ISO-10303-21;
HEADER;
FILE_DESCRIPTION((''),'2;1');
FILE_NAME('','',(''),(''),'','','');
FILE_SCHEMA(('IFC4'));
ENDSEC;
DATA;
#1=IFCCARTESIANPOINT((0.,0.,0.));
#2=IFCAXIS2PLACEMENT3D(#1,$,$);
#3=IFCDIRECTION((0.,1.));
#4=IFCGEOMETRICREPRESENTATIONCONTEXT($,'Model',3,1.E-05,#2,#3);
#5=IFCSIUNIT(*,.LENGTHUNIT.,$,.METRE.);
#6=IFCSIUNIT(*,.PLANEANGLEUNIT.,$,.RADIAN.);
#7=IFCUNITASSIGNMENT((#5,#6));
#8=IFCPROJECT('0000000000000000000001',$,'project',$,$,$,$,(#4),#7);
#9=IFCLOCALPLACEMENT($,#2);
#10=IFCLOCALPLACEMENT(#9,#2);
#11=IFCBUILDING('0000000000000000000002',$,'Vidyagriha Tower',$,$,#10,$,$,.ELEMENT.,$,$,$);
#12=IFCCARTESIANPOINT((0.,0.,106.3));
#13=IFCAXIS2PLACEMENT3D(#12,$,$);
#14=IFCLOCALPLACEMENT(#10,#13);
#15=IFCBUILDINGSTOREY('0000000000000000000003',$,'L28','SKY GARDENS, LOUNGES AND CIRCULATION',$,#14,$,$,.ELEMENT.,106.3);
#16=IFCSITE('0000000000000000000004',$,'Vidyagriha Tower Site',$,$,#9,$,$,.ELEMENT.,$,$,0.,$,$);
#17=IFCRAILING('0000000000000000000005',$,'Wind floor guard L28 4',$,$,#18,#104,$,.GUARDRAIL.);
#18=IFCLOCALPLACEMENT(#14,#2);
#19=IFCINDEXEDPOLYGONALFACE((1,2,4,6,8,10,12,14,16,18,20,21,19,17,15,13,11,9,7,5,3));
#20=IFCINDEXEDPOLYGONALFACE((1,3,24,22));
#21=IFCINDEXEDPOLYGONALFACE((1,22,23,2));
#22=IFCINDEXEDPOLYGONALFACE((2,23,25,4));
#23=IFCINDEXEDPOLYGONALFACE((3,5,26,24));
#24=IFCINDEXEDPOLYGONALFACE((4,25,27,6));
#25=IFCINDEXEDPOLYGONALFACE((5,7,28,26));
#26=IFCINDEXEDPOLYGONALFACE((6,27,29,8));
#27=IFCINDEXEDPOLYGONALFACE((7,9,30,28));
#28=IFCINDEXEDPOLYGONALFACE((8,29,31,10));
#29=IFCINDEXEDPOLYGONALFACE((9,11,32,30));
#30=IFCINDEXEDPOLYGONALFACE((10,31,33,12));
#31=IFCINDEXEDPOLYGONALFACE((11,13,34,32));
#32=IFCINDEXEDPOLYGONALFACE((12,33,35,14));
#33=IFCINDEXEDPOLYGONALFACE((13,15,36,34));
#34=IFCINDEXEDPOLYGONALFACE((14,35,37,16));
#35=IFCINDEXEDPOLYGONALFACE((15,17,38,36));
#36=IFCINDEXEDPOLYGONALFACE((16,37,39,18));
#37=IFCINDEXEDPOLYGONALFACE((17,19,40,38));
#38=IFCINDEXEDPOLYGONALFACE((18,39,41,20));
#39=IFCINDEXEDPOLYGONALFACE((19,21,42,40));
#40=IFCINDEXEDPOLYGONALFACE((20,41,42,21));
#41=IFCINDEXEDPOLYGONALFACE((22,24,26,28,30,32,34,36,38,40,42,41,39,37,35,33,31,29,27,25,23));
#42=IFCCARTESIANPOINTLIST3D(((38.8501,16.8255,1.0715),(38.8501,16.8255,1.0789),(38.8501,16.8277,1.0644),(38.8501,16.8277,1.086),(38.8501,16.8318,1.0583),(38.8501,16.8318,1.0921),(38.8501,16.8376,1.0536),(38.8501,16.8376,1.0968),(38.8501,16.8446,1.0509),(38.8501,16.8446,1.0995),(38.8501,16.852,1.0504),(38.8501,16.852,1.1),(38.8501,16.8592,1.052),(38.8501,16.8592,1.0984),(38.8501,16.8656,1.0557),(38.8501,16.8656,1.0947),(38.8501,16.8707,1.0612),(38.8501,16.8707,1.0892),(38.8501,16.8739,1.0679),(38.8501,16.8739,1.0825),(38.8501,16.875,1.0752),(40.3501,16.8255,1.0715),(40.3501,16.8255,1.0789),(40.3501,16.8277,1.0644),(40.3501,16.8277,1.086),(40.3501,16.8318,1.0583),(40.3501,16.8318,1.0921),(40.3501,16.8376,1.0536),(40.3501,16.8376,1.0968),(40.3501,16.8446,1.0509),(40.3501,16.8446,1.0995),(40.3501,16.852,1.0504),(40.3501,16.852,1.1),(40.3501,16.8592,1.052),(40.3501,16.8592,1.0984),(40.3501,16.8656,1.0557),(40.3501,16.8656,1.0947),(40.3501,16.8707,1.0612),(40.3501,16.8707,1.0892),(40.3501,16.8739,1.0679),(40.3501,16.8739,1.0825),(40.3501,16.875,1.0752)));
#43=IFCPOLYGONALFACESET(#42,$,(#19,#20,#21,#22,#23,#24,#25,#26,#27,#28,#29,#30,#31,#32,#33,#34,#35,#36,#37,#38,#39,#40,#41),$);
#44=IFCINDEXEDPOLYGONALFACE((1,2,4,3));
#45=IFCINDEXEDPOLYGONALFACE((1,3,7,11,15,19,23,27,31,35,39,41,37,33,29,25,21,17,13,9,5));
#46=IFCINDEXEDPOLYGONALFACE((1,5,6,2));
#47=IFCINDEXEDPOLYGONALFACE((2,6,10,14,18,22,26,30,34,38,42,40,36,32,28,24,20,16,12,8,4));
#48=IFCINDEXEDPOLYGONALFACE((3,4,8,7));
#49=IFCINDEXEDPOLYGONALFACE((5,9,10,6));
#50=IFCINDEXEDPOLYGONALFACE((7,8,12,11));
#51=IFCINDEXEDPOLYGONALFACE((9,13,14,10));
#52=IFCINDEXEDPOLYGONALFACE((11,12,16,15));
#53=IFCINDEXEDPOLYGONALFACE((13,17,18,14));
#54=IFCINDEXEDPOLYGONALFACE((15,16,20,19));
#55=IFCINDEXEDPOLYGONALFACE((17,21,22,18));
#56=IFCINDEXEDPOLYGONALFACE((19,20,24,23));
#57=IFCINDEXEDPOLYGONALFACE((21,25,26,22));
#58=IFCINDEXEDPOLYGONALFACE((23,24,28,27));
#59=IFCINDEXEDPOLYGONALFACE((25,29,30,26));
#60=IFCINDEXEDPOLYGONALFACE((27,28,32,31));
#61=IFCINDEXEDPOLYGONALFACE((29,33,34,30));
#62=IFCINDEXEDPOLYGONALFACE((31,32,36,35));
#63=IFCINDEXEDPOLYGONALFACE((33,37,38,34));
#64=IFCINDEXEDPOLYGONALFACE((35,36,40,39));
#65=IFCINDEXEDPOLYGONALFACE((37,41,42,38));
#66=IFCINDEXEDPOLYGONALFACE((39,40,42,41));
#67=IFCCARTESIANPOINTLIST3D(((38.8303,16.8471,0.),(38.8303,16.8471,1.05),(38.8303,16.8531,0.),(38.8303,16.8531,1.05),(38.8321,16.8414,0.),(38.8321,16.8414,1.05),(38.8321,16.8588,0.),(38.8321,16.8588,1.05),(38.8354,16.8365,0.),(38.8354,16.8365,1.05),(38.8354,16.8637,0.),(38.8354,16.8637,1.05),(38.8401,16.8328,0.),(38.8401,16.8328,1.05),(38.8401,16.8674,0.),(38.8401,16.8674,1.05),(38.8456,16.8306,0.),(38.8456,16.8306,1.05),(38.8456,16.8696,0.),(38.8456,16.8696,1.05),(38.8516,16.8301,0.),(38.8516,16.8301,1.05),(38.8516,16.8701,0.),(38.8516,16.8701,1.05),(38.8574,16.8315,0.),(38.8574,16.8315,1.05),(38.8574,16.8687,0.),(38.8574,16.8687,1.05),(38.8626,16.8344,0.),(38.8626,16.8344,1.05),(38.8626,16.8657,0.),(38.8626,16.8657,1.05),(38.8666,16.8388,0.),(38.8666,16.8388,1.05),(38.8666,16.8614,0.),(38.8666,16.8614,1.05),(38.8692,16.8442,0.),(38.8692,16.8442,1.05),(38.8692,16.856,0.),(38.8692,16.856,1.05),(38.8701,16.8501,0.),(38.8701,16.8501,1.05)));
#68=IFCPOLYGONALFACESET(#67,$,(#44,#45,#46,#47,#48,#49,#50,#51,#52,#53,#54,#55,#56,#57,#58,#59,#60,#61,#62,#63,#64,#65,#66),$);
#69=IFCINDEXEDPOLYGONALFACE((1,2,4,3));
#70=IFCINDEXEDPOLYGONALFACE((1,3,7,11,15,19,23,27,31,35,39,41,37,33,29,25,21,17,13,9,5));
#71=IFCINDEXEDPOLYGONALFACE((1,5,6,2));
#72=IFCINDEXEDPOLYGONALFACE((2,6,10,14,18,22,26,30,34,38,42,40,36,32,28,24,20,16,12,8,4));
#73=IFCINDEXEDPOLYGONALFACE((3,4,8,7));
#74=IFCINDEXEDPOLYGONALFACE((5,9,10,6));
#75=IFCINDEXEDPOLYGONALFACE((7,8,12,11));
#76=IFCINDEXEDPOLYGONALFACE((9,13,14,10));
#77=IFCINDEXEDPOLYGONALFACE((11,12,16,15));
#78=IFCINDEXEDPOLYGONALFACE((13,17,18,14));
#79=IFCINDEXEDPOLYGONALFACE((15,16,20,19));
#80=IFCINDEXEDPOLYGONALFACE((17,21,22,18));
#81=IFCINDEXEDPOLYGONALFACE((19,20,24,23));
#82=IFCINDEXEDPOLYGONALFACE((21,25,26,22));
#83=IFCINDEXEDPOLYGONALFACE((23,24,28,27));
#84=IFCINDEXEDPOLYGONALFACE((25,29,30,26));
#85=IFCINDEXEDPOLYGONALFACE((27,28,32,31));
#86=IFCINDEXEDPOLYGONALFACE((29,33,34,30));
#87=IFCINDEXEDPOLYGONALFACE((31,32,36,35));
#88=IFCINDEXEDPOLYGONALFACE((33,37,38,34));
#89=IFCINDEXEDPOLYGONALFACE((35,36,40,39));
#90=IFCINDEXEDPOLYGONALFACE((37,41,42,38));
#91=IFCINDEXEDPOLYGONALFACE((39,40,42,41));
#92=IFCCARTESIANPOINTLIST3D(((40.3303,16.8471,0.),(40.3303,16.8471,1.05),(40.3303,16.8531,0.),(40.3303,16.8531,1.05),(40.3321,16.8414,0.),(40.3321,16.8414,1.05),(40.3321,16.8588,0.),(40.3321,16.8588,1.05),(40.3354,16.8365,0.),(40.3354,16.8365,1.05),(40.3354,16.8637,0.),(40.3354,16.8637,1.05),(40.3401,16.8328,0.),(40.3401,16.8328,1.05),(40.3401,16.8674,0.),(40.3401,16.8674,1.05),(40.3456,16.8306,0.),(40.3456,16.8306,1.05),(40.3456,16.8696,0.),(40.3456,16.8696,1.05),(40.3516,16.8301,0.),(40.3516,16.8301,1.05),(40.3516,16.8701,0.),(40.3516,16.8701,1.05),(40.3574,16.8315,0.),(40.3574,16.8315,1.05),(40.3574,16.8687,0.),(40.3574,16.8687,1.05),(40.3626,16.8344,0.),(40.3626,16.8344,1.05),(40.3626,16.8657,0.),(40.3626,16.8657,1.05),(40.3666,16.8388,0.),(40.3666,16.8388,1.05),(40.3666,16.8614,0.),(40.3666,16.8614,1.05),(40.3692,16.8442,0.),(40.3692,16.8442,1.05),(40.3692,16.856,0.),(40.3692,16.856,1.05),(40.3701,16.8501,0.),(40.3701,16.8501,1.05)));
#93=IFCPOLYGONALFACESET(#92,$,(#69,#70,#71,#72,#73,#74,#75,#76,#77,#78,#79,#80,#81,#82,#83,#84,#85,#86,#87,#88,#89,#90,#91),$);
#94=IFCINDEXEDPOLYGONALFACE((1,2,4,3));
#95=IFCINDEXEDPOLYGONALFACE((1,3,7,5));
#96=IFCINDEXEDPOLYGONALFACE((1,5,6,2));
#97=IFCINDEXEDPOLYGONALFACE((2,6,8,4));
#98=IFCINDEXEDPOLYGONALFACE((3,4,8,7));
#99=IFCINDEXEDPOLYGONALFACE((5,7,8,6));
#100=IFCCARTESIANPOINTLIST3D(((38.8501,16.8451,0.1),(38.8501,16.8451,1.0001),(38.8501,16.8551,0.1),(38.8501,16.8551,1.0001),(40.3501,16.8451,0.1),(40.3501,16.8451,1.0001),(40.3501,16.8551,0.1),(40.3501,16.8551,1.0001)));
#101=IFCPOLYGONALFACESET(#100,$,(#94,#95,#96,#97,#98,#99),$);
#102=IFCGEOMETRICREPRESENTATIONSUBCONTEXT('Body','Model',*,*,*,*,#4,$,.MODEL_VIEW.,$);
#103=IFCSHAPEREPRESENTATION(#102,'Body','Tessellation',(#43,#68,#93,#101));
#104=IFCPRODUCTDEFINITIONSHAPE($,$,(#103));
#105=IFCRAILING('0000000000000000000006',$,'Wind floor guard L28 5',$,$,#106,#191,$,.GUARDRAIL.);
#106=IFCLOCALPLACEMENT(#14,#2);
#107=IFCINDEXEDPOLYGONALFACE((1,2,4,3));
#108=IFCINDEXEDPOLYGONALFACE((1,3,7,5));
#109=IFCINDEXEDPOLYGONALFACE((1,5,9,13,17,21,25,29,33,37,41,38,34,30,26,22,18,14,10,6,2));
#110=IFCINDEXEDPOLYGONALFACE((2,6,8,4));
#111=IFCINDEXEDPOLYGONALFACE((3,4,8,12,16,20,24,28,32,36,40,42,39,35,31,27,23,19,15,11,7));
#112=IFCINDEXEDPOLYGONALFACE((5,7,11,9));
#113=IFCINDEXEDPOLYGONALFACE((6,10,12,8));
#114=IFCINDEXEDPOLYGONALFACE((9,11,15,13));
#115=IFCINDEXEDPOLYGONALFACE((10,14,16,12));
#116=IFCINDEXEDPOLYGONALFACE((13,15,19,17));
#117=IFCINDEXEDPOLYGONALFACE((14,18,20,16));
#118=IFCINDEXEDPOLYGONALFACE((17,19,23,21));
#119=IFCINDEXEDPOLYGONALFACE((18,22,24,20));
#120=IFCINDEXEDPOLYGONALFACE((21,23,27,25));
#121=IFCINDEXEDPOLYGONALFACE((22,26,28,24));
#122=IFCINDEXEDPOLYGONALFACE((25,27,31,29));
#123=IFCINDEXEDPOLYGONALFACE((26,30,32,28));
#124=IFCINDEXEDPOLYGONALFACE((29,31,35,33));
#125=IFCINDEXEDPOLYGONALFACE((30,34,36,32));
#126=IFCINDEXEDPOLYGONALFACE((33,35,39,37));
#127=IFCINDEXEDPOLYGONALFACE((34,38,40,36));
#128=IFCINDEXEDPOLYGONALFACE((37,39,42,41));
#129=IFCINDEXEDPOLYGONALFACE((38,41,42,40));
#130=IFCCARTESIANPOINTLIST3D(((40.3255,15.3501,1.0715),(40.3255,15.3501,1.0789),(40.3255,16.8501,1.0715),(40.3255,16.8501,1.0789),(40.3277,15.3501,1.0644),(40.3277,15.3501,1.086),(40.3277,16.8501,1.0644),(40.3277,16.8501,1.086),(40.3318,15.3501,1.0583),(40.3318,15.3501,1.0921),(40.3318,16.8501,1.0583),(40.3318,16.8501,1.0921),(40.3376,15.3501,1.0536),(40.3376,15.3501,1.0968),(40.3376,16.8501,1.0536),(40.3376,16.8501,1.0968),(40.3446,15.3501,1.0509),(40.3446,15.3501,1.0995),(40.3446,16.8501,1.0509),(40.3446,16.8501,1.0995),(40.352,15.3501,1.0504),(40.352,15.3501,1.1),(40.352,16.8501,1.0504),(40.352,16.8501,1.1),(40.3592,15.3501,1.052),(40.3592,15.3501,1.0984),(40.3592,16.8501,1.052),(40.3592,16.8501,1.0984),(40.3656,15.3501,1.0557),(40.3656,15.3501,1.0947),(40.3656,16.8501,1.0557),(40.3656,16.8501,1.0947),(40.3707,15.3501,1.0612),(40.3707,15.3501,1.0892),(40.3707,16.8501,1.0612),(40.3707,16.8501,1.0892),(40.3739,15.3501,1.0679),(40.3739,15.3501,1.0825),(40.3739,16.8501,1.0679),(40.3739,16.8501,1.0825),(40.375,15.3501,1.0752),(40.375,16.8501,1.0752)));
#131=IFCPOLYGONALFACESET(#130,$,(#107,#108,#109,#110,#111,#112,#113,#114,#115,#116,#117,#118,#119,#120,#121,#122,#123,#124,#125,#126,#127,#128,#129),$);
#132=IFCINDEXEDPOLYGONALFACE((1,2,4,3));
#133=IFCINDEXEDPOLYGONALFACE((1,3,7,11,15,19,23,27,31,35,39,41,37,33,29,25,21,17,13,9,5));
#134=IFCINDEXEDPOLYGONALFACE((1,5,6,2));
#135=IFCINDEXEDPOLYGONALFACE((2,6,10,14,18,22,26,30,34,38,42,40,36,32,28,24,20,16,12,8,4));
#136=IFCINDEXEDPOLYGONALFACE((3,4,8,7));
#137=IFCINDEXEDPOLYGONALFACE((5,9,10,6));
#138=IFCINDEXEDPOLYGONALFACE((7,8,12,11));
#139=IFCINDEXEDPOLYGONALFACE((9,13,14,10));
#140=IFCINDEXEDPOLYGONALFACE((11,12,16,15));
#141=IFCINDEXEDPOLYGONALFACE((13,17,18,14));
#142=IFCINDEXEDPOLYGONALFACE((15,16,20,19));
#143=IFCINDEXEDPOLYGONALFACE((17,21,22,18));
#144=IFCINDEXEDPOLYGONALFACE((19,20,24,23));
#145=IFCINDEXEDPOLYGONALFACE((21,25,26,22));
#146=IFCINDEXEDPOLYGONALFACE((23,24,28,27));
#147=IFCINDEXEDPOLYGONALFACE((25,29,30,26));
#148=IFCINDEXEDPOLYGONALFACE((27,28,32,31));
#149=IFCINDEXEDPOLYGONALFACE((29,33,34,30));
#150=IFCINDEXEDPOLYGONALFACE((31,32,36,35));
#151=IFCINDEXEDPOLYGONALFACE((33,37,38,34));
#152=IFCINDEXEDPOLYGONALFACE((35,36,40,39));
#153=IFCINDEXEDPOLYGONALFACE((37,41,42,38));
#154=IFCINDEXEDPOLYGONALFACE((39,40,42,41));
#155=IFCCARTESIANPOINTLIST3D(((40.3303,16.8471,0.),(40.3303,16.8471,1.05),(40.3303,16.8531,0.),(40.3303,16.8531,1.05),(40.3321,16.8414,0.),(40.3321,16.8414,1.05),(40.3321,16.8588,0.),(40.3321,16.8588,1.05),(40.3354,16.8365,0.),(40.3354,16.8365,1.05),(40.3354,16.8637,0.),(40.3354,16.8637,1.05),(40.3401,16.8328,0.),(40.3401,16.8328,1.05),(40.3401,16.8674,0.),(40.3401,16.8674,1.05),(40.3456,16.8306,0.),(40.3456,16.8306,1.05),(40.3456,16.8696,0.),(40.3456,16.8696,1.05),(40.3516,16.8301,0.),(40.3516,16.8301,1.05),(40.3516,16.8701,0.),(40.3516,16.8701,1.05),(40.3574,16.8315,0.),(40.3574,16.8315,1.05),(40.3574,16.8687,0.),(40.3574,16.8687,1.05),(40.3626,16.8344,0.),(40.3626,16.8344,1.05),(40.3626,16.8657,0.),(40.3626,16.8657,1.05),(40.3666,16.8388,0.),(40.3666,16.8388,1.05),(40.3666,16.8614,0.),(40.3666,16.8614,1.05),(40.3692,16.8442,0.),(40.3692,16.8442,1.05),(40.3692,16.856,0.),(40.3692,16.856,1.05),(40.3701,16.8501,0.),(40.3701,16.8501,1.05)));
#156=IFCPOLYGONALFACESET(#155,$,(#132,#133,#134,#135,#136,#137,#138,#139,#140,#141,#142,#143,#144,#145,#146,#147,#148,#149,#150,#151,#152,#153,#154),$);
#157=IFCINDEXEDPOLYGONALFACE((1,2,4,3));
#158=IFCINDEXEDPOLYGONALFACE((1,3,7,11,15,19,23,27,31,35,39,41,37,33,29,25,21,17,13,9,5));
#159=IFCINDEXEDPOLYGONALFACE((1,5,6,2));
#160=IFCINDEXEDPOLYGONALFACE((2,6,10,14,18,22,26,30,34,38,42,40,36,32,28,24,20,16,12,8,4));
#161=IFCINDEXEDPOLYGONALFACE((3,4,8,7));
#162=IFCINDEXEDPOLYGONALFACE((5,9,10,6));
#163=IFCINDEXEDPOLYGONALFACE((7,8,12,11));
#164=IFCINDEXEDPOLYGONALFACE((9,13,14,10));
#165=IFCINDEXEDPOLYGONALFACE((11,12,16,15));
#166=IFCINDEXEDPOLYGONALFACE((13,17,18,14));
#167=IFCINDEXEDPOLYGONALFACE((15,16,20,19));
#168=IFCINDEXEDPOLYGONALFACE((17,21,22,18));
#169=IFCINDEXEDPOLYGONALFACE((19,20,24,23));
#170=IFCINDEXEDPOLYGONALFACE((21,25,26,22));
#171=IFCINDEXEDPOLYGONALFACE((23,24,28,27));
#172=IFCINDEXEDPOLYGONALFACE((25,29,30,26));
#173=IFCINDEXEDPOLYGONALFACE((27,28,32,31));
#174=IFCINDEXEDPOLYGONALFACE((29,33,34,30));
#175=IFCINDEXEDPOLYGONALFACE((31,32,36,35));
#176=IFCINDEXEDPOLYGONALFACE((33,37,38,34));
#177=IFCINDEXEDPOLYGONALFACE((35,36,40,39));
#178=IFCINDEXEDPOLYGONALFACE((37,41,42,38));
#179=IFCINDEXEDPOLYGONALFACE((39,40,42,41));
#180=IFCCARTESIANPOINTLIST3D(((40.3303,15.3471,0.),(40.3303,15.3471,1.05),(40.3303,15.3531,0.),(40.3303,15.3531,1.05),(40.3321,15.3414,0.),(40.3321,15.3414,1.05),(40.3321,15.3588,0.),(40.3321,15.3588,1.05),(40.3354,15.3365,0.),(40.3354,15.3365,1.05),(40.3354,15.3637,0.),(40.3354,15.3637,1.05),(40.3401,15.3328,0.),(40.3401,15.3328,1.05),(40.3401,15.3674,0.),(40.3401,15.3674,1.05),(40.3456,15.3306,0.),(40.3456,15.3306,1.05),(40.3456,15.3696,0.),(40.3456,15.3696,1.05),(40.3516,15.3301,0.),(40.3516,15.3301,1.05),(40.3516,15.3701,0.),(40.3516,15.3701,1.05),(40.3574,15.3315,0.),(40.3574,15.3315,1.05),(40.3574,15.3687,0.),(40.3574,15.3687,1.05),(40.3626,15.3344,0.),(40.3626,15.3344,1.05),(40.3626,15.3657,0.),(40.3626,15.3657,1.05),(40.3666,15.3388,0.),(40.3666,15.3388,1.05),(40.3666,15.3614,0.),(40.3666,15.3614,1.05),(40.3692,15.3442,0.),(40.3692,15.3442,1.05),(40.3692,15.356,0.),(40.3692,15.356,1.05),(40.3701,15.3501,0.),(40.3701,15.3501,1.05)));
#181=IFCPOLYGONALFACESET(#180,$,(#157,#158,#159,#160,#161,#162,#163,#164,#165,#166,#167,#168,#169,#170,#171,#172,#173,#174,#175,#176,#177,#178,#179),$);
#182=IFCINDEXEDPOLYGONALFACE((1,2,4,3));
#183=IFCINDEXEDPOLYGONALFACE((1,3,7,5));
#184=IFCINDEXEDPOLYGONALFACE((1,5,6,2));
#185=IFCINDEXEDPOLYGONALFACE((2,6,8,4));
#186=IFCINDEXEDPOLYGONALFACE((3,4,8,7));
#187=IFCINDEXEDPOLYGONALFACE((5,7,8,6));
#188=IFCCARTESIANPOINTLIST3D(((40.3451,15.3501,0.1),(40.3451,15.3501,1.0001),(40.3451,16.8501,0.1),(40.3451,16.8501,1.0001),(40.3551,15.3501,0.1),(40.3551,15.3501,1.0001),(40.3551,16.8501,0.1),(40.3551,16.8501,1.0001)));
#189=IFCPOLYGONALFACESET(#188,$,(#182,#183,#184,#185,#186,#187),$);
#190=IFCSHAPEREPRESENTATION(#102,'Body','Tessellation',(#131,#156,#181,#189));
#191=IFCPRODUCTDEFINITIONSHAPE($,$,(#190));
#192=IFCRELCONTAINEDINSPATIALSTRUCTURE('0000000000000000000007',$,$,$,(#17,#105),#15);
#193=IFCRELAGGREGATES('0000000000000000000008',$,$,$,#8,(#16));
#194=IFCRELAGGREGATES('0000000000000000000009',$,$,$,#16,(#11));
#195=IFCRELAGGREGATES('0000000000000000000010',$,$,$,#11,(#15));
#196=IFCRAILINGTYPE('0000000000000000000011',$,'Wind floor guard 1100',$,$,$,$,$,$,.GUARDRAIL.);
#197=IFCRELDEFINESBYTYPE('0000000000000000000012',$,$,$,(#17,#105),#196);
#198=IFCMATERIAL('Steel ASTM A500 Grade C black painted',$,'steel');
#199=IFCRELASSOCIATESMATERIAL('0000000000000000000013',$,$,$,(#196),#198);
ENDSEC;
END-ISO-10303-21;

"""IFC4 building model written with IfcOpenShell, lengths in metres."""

from ifc_helpers import new_model, si_unit, direction, frame, origin, origin_2d, place, context, subcontext, project, spatial, rectangle, circle, extrude, material, type_object, element, save


model = new_model("IFC4")

# Units and contexts
model_context = context("Model", 3, precision=1e-05, world=origin(), true_north=direction((0.0, 1.0)))
body_context = subcontext(model_context, "Body", "Model", "MODEL_VIEW")
ifc_project = project(units=[si_unit("LENGTHUNIT", "METRE"), si_unit("PLANEANGLEUNIT", "RADIAN")], contexts=[model_context])

# Site, building, storey
site_placement = place(None, origin())
site = spatial("IfcSite", under=ifc_project, at=site_placement, Name="Vidyagriha Tower Site", CompositionType="ELEMENT", RefElevation=0.0)
building_placement = place(site_placement, origin())
building = spatial("IfcBuilding", under=site, at=building_placement, Name="Vidyagriha Tower", CompositionType="ELEMENT")
storey_placement = place(building_placement, frame((0.0, 0.0, 106.3)))
storey = spatial("IfcBuildingStorey", under=building, at=storey_placement, Name="L28", Description="SKY GARDENS, LOUNGES AND CIRCULATION", CompositionType="ELEMENT", Elevation=106.3)

# Railings
ifc_material_1 = material(Name="Steel ASTM A500 Grade C black painted", Category="steel")
railing_type_1 = type_object("IfcRailingType", Name="Wind floor guard 1100", PredefinedType="GUARDRAIL", material=ifc_material_1)
railing_1_placement = place(storey_placement, frame((38.8501, 16.8501, 0.0)))
element("IfcRailing", 1, at=railing_1_placement, inside=storey, type_object=railing_type_1, Name="Wind floor guard L28 4", PredefinedType="GUARDRAIL", context=body_context, shape_type="SweptSolid", body=[
    extrude(circle(Radius=0.0249, at=origin_2d()), frame((0.0, 0.0, 1.0752), z_axis=(1.0, 0.0, 0.0), x_axis=(0.0, 1.0, 0.0)), (0.0, 0.0, 1.0), 1.5),
    extrude(circle(Radius=0.02, at=origin_2d()), origin(), (0.0, 0.0, 1.0), 1.05),
    extrude(circle(Radius=0.02, at=origin_2d()), frame((1.5, 0.0, 0.0)), (0.0, 0.0, 1.0), 1.05),
    extrude(rectangle(XDim=0.01, YDim=0.9001, at=origin_2d()), frame((0.0, 0.0, 0.55), z_axis=(1.0, 0.0, 0.0), x_axis=(0.0, 1.0, 0.0)), (0.0, 0.0, 1.0), 1.5),
])
railing_2_placement = place(storey_placement, frame((40.3501, 16.8501, 0.0)))
element("IfcRailing", 2, at=railing_2_placement, inside=storey, type_object=railing_type_1, Name="Wind floor guard L28 5", PredefinedType="GUARDRAIL", context=body_context, shape_type="SweptSolid", body=[
    extrude(circle(Radius=0.0249, at=origin_2d()), frame((0.0, 0.0, 1.0752), z_axis=(0.0, -1.0, 0.0), x_axis=(1.0, 0.0, 0.0)), (0.0, 0.0, 1.0), 1.5),
    extrude(circle(Radius=0.02, at=origin_2d()), origin(), (0.0, 0.0, 1.0), 1.05),
    extrude(circle(Radius=0.02, at=origin_2d()), frame((0.0, -1.5, 0.0)), (0.0, 0.0, 1.0), 1.05),
    extrude(rectangle(XDim=0.01, YDim=0.9001, at=origin_2d()), frame((0.0, 0.0, 0.55), z_axis=(0.0, -1.0, 0.0), x_axis=(1.0, 0.0, 0.0)), (0.0, 0.0, 1.0), 1.5),
])

save(model, "model.ifc")
